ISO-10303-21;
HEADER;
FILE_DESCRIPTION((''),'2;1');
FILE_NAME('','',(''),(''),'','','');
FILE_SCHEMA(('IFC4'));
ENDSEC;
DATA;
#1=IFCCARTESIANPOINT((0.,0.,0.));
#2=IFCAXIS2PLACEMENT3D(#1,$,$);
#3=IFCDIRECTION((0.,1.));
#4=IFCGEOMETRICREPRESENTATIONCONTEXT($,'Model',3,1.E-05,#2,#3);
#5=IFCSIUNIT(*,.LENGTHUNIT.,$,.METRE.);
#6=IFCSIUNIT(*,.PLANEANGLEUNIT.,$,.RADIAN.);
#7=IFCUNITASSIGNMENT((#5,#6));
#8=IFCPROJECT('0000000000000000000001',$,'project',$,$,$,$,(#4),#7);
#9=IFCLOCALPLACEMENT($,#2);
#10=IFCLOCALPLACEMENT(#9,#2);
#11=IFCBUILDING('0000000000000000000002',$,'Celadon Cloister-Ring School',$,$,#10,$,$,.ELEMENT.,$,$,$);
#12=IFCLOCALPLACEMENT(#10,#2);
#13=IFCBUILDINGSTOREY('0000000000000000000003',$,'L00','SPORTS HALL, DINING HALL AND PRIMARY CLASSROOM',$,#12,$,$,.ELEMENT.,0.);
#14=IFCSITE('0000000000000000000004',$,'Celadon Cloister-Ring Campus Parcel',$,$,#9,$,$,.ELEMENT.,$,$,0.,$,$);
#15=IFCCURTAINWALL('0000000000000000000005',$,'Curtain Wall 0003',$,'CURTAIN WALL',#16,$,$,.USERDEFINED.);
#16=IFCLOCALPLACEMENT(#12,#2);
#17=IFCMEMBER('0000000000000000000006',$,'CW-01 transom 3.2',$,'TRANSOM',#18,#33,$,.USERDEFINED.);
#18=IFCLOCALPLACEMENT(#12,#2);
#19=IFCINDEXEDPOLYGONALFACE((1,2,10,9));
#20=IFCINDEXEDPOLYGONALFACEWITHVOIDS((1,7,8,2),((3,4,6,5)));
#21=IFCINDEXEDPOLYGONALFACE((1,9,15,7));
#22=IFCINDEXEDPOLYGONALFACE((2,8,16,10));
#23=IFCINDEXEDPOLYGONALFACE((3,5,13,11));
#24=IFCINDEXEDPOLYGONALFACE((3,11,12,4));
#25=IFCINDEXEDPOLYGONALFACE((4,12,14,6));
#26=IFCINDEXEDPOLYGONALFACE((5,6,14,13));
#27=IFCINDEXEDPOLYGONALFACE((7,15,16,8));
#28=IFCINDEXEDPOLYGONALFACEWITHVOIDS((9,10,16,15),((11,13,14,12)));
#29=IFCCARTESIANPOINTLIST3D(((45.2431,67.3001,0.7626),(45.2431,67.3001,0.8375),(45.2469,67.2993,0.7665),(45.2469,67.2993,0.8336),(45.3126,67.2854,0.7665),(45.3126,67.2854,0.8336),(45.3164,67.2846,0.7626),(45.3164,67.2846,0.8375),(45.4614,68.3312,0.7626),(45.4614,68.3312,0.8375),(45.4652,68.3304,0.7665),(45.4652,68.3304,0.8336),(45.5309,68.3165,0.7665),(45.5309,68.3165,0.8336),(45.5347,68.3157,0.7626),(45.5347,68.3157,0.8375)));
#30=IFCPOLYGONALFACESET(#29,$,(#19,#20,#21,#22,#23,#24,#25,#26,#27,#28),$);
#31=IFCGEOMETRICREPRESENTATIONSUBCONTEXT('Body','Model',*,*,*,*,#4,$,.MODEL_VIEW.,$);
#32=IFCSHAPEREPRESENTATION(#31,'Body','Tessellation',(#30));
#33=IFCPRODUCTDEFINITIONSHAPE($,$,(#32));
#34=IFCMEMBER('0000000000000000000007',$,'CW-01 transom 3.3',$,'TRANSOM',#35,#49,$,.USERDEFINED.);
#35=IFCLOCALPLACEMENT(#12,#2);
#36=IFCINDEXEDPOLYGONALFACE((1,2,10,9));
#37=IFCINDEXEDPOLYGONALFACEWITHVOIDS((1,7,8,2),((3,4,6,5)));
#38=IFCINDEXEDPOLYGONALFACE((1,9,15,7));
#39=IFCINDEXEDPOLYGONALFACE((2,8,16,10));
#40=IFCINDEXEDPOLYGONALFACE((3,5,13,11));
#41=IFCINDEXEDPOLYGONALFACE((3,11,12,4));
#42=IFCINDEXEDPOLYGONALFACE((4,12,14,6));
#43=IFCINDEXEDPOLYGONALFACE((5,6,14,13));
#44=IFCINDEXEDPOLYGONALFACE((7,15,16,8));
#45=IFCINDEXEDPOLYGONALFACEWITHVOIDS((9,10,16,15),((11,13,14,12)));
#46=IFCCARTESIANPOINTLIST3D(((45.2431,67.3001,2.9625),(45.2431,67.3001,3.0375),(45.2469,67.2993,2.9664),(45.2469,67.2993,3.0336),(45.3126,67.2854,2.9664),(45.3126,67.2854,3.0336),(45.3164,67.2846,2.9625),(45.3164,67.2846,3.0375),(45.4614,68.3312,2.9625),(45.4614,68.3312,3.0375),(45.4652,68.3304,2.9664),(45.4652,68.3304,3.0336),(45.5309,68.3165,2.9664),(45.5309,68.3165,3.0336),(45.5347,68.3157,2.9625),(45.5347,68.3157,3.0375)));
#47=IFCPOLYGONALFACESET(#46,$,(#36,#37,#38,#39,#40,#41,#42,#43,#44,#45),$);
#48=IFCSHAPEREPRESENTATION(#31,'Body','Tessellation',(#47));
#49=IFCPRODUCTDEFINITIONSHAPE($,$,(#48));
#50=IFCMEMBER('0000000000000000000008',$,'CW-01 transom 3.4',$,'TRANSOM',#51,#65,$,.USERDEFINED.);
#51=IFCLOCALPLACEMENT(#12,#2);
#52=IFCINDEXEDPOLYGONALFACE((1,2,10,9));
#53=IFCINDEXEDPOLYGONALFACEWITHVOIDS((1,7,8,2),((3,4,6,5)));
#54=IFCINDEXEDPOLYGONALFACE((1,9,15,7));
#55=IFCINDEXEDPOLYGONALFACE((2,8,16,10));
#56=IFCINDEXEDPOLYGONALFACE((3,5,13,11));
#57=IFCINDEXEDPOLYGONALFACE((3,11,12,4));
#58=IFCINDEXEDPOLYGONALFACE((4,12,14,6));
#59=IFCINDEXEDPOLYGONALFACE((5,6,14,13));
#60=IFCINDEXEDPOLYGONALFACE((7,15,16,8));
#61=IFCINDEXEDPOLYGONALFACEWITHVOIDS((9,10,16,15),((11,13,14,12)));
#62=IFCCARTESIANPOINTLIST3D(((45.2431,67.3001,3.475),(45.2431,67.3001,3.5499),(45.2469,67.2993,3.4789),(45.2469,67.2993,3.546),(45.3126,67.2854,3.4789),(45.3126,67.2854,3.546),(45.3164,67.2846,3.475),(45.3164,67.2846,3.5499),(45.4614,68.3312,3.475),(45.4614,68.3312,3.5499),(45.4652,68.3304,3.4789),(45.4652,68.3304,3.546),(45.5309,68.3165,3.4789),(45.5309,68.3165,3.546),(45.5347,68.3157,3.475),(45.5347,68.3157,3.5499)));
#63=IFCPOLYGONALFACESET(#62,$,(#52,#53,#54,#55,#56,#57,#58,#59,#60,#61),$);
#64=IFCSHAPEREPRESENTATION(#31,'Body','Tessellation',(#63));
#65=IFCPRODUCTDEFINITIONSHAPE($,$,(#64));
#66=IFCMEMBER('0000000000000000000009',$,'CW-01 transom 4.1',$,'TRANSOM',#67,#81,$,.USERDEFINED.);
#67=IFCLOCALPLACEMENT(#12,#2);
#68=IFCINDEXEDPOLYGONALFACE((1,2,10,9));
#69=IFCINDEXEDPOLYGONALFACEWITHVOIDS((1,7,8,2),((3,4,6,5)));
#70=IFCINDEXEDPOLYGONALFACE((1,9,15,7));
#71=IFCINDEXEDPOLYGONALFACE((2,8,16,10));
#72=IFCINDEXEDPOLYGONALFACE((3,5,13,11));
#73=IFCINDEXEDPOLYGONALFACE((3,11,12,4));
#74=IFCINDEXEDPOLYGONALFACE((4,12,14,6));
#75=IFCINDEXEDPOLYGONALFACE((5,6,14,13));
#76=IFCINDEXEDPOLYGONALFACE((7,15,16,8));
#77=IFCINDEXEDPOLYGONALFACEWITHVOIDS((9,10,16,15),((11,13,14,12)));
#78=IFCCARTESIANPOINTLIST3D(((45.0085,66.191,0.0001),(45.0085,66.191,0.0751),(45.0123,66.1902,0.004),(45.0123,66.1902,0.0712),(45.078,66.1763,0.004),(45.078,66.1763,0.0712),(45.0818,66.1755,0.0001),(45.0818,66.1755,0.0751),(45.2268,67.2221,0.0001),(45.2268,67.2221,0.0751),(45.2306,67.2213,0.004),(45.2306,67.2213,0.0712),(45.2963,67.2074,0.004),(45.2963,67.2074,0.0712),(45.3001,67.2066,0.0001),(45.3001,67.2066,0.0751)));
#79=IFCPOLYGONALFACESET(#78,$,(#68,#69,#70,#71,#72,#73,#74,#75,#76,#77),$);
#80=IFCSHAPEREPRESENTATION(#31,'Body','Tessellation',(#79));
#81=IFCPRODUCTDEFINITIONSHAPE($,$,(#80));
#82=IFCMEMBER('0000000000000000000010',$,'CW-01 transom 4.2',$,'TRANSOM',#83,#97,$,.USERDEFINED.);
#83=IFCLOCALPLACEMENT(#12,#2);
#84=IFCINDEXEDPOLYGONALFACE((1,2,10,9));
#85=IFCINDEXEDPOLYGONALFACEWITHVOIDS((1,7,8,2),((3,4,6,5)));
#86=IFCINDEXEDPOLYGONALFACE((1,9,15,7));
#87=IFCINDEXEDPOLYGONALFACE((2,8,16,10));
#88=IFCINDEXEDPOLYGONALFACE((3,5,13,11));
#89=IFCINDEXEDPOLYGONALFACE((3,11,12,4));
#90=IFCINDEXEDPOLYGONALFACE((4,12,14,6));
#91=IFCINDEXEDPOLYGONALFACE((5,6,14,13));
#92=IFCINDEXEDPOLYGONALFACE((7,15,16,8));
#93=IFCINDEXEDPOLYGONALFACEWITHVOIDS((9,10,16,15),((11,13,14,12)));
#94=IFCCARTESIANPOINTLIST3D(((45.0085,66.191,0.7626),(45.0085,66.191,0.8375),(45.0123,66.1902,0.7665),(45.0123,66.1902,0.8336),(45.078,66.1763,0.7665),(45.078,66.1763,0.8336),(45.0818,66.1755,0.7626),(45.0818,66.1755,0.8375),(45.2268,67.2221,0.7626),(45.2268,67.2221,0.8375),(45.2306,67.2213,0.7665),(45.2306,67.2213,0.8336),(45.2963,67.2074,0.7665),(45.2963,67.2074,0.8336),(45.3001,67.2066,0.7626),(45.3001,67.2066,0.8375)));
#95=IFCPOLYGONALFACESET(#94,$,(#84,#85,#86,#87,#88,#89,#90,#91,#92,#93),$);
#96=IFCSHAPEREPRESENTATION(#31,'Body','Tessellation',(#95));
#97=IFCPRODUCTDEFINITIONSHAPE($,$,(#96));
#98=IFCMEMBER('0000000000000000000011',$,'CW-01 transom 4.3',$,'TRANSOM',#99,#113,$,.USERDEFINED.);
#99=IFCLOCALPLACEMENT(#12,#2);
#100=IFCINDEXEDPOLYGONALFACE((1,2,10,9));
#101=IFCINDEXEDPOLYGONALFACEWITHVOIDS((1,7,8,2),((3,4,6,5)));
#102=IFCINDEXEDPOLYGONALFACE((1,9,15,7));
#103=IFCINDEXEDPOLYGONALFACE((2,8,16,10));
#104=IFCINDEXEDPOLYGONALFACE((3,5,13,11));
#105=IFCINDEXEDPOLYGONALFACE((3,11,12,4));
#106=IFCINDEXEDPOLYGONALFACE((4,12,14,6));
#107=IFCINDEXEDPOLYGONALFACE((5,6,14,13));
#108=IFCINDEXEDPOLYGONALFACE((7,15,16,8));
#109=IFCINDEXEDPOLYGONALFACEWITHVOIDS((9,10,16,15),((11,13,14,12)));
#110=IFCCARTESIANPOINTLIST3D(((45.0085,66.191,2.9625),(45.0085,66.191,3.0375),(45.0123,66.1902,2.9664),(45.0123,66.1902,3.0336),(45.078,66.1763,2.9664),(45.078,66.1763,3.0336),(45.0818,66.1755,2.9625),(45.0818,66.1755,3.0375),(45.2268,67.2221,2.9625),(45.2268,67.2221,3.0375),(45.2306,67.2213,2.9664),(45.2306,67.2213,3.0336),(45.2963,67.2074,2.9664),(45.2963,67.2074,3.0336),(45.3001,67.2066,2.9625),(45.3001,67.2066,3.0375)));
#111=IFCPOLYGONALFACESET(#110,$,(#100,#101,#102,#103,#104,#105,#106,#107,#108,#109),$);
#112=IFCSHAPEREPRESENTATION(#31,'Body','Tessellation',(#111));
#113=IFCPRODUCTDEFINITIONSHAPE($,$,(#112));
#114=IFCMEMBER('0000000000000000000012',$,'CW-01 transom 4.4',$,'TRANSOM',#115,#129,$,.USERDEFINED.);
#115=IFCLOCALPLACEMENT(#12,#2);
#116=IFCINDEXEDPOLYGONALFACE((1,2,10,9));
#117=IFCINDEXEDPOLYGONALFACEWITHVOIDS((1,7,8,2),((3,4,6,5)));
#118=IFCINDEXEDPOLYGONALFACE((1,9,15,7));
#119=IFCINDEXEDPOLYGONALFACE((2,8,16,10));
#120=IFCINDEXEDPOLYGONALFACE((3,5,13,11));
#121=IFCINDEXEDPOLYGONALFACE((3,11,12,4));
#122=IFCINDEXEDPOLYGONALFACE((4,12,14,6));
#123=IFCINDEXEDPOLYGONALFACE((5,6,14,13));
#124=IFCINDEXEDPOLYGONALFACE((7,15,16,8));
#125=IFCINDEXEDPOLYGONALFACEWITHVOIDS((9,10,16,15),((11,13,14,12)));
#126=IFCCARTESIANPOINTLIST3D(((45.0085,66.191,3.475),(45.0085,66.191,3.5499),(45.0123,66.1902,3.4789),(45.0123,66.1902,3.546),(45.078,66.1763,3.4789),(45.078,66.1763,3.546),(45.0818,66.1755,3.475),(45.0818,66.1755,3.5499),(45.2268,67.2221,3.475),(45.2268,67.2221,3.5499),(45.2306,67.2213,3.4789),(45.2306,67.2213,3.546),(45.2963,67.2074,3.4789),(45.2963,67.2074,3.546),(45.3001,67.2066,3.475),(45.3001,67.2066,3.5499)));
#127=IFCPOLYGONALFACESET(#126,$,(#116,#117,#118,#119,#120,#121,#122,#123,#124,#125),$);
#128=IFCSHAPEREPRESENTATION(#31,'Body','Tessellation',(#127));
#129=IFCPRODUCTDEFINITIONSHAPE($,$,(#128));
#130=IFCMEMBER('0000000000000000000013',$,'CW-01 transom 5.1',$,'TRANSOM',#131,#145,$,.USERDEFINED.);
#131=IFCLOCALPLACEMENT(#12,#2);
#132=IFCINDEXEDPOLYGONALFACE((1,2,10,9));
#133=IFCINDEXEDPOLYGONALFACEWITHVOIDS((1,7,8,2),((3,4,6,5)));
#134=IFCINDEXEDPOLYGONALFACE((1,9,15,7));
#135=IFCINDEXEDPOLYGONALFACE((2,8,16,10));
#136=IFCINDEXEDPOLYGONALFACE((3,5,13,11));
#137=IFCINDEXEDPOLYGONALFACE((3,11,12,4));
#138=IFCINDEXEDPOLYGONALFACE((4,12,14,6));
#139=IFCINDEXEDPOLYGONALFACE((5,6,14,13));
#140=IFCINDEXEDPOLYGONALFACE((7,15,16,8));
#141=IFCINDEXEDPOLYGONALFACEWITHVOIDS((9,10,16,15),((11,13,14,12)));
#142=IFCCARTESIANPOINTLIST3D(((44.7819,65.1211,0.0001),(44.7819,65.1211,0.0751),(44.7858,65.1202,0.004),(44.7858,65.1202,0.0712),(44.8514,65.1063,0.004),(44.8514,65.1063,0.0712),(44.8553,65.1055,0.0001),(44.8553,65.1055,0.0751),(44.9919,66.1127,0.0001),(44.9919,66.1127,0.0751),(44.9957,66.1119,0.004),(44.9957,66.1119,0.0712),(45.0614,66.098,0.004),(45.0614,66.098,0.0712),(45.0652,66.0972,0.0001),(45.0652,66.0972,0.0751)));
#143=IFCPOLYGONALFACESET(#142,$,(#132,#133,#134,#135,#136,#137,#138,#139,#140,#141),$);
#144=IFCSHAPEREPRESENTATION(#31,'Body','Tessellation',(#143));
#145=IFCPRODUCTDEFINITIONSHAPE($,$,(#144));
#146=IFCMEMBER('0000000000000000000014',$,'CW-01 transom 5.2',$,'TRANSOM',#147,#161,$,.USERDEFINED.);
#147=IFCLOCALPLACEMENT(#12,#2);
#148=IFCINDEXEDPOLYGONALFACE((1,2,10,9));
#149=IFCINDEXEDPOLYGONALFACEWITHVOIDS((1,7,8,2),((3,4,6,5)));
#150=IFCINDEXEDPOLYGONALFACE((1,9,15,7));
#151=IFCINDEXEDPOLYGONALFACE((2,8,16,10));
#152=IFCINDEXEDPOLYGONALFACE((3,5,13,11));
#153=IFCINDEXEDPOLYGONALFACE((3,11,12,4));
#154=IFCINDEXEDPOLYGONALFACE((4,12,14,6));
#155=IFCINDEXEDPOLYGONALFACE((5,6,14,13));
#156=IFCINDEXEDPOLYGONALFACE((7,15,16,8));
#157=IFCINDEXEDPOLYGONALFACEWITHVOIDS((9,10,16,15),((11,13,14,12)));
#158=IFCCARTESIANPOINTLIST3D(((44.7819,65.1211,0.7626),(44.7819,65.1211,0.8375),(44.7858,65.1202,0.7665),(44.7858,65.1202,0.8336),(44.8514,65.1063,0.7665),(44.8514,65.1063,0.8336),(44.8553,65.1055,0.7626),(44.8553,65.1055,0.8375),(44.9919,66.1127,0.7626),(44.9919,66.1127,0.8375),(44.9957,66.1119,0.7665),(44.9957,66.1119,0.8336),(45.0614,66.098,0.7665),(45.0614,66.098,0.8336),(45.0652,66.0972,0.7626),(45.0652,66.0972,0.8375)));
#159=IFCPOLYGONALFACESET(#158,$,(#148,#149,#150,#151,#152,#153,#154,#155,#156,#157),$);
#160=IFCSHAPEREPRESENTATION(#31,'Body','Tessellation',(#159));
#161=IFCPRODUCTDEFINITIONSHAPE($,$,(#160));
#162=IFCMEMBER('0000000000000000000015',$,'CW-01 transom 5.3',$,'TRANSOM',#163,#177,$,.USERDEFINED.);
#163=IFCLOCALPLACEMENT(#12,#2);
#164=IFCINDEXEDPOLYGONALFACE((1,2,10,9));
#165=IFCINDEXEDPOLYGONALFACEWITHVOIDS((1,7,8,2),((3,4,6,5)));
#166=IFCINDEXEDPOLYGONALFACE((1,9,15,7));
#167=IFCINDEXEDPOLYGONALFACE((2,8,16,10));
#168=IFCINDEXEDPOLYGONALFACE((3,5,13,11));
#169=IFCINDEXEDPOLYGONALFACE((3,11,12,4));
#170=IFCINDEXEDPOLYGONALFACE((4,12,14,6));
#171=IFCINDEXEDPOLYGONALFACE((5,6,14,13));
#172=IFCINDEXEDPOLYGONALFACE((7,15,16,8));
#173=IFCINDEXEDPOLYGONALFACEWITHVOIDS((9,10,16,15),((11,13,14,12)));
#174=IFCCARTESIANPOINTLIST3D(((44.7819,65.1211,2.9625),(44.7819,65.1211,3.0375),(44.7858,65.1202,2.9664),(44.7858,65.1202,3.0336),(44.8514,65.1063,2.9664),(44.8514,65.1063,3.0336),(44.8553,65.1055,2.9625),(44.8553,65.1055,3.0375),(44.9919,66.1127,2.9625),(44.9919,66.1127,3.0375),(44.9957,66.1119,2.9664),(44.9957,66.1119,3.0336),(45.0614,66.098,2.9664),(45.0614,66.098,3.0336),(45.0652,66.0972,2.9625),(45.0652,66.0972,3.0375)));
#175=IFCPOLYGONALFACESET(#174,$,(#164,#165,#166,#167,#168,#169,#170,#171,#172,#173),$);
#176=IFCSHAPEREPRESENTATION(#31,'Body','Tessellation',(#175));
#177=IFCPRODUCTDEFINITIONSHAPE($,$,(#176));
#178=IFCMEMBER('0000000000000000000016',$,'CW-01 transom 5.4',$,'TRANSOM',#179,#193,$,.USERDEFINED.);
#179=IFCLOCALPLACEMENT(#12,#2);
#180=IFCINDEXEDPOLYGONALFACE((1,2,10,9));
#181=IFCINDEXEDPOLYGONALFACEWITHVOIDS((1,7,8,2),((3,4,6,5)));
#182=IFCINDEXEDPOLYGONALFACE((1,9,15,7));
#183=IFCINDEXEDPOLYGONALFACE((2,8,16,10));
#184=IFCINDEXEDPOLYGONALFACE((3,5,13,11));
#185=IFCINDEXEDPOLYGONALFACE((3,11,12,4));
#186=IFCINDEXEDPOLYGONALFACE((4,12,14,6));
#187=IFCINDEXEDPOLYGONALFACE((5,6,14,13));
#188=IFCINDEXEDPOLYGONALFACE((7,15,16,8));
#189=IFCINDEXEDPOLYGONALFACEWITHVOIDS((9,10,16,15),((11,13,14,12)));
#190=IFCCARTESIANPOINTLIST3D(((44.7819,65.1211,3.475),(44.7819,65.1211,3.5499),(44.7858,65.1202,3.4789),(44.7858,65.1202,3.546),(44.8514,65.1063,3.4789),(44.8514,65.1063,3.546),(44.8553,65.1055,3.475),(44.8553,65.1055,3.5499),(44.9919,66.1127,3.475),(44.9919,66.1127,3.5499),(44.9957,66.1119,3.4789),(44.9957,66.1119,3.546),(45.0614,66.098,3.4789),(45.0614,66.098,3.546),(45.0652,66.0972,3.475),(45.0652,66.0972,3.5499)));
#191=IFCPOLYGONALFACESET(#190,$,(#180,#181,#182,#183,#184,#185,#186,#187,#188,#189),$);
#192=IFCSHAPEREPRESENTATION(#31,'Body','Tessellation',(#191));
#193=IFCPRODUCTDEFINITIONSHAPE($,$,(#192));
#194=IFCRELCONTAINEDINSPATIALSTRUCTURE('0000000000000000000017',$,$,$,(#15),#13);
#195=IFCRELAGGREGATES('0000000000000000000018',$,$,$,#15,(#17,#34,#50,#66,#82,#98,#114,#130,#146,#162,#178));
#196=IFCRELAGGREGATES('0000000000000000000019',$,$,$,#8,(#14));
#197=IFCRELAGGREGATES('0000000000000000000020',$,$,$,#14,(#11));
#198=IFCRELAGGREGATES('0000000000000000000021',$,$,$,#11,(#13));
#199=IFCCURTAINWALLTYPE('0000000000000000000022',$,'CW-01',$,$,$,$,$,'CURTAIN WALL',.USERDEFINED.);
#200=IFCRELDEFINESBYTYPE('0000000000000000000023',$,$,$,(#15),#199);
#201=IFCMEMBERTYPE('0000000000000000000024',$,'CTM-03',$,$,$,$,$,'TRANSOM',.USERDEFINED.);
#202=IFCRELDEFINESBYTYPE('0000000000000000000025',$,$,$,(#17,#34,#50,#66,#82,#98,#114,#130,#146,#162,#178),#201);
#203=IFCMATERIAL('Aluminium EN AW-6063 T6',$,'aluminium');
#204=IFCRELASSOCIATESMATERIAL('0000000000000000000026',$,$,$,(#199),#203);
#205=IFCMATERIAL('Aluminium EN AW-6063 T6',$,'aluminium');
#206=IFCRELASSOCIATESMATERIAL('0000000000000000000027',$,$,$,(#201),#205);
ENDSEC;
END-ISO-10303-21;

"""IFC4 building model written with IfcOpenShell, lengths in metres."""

from ifc_helpers import new_model, si_unit, direction, frame, origin, origin_2d, place, context, subcontext, project, spatial, hollow_rectangle, extrude, material, material_profile, profile_set, type_object, element, aggregate, save


model = new_model("IFC4")

# Units and contexts
model_context = context("Model", 3, precision=1e-05, world=origin(), true_north=direction((0.0, 1.0)))
body_context = subcontext(model_context, "Body", "Model", "MODEL_VIEW")
ifc_project = project(units=[si_unit("LENGTHUNIT", "METRE"), si_unit("PLANEANGLEUNIT", "RADIAN")], contexts=[model_context])

# Site, building, storey
site_placement = place(None, origin())
site = spatial("IfcSite", under=ifc_project, at=site_placement, Name="Celadon Cloister-Ring Campus Parcel", CompositionType="ELEMENT", RefElevation=0.0)
building_placement = place(site_placement, origin())
building = spatial("IfcBuilding", under=site, at=building_placement, Name="Celadon Cloister-Ring School", CompositionType="ELEMENT")
storey_placement = place(building_placement, origin())
storey = spatial("IfcBuildingStorey", under=building, at=storey_placement, Name="L00", Description="SPORTS HALL, DINING HALL AND PRIMARY CLASSROOM", CompositionType="ELEMENT", Elevation=0.0)

# Curtain wall, members
ifc_material_1 = material(Name="Aluminium EN AW-6063 T6", Category="aluminium")
curtain_wall_type = type_object("IfcCurtainWallType", Name="CW-01", ElementType="CURTAIN WALL", PredefinedType="USERDEFINED", material=ifc_material_1)
curtain_wall_placement = place(storey_placement, origin())
curtain_wall = element("IfcCurtainWall", 1, at=curtain_wall_placement, inside=storey, type_object=curtain_wall_type, Name="Curtain Wall 0003", ObjectType="CURTAIN WALL", PredefinedType="USERDEFINED")
ifc_material_2 = material(Name="Aluminium EN AW-6063 T6", Category="aluminium")
ifc_material_profile_1 = material_profile(ifc_material_2, hollow_rectangle(XDim=0.075, YDim=0.075, WallThickness=0.0039, at=origin_2d()), Name="RHS75X75X4")
ifc_profile_set_1 = profile_set([ifc_material_profile_1], Name="Aluminium EN AW-6063 T6")
member_type_1 = type_object("IfcMemberType", Name="CTM-03", ElementType="TRANSOM", PredefinedType="USERDEFINED", material=ifc_profile_set_1)
member_1_placement = place(storey_placement, frame((45.498, 68.3235, 0.8), z_axis=(-0.207108, -0.978318, 0.0), x_axis=(0.978318, -0.207108, 0.0)))
member_1 = element("IfcMember", 2, at=member_1_placement, type_object=member_type_1, Name="CW-01 transom 3.2", ObjectType="TRANSOM", PredefinedType="USERDEFINED", context=body_context, shape_type="SweptSolid", body=[
    extrude(hollow_rectangle(XDim=0.075, YDim=0.075, WallThickness=0.0039, at=origin_2d()), origin(), (0.0, 0.0, 1.0), 1.054),
])
member_2_placement = place(storey_placement, frame((45.498, 68.3235, 3.0), z_axis=(-0.207108, -0.978318, 0.0), x_axis=(0.978318, -0.207108, 0.0)))
member_2 = element("IfcMember", 3, at=member_2_placement, type_object=member_type_1, Name="CW-01 transom 3.3", ObjectType="TRANSOM", PredefinedType="USERDEFINED", context=body_context, shape_type="SweptSolid", body=[
    extrude(hollow_rectangle(XDim=0.075, YDim=0.075, WallThickness=0.0039, at=origin_2d()), origin(), (0.0, 0.0, 1.0), 1.054),
])
member_3_placement = place(storey_placement, frame((45.498, 68.3235, 3.5125), z_axis=(-0.207108, -0.978318, 0.0), x_axis=(0.978318, -0.207108, 0.0)))
member_3 = element("IfcMember", 4, at=member_3_placement, type_object=member_type_1, Name="CW-01 transom 3.4", ObjectType="TRANSOM", PredefinedType="USERDEFINED", context=body_context, shape_type="SweptSolid", body=[
    extrude(hollow_rectangle(XDim=0.075, YDim=0.075, WallThickness=0.0039, at=origin_2d()), origin(), (0.0, 0.0, 1.0), 1.054),
])
member_4_placement = place(storey_placement, frame((45.2634, 67.2144, 0.0376), z_axis=(-0.207108, -0.978318, 0.0), x_axis=(0.978318, -0.207108, 0.0)))
member_4 = element("IfcMember", 5, at=member_4_placement, type_object=member_type_1, Name="CW-01 transom 4.1", ObjectType="TRANSOM", PredefinedType="USERDEFINED", context=body_context, shape_type="SweptSolid", body=[
    extrude(hollow_rectangle(XDim=0.075, YDim=0.075, WallThickness=0.0039, at=origin_2d()), origin(), (0.0, 0.0, 1.0), 1.054),
])
member_5_placement = place(storey_placement, frame((45.2634, 67.2144, 0.8), z_axis=(-0.207108, -0.978318, 0.0), x_axis=(0.978318, -0.207108, 0.0)))
member_5 = element("IfcMember", 6, at=member_5_placement, type_object=member_type_1, Name="CW-01 transom 4.2", ObjectType="TRANSOM", PredefinedType="USERDEFINED", context=body_context, shape_type="SweptSolid", body=[
    extrude(hollow_rectangle(XDim=0.075, YDim=0.075, WallThickness=0.0039, at=origin_2d()), origin(), (0.0, 0.0, 1.0), 1.054),
])
member_6_placement = place(storey_placement, frame((45.2634, 67.2144, 3.0), z_axis=(-0.207108, -0.978318, 0.0), x_axis=(0.978318, -0.207108, 0.0)))
member_6 = element("IfcMember", 7, at=member_6_placement, type_object=member_type_1, Name="CW-01 transom 4.3", ObjectType="TRANSOM", PredefinedType="USERDEFINED", context=body_context, shape_type="SweptSolid", body=[
    extrude(hollow_rectangle(XDim=0.075, YDim=0.075, WallThickness=0.0039, at=origin_2d()), origin(), (0.0, 0.0, 1.0), 1.054),
])
member_7_placement = place(storey_placement, frame((45.2634, 67.2144, 3.5125), z_axis=(-0.207108, -0.978318, 0.0), x_axis=(0.978318, -0.207108, 0.0)))
member_7 = element("IfcMember", 8, at=member_7_placement, type_object=member_type_1, Name="CW-01 transom 4.4", ObjectType="TRANSOM", PredefinedType="USERDEFINED", context=body_context, shape_type="SweptSolid", body=[
    extrude(hollow_rectangle(XDim=0.075, YDim=0.075, WallThickness=0.0039, at=origin_2d()), origin(), (0.0, 0.0, 1.0), 1.054),
])
member_8_placement = place(storey_placement, frame((45.0286, 66.105, 0.0376), z_axis=(-0.207127, -0.978314, 0.0), x_axis=(0.978314, -0.207127, 0.0)))
member_8 = element("IfcMember", 9, at=member_8_placement, type_object=member_type_1, Name="CW-01 transom 5.1", ObjectType="TRANSOM", PredefinedType="USERDEFINED", context=body_context, shape_type="SweptSolid", body=[
    extrude(hollow_rectangle(XDim=0.075, YDim=0.075, WallThickness=0.0039, at=origin_2d()), origin(), (0.0, 0.0, 1.0), 1.0137),
])
member_9_placement = place(storey_placement, frame((45.0286, 66.105, 0.8), z_axis=(-0.207127, -0.978314, 0.0), x_axis=(0.978314, -0.207127, 0.0)))
member_9 = element("IfcMember", 10, at=member_9_placement, type_object=member_type_1, Name="CW-01 transom 5.2", ObjectType="TRANSOM", PredefinedType="USERDEFINED", context=body_context, shape_type="SweptSolid", body=[
    extrude(hollow_rectangle(XDim=0.075, YDim=0.075, WallThickness=0.0039, at=origin_2d()), origin(), (0.0, 0.0, 1.0), 1.0137),
])
member_10_placement = place(storey_placement, frame((45.0286, 66.105, 3.0), z_axis=(-0.207127, -0.978314, 0.0), x_axis=(0.978314, -0.207127, 0.0)))
member_10 = element("IfcMember", 11, at=member_10_placement, type_object=member_type_1, Name="CW-01 transom 5.3", ObjectType="TRANSOM", PredefinedType="USERDEFINED", context=body_context, shape_type="SweptSolid", body=[
    extrude(hollow_rectangle(XDim=0.075, YDim=0.075, WallThickness=0.0039, at=origin_2d()), origin(), (0.0, 0.0, 1.0), 1.0137),
])
member_11_placement = place(storey_placement, frame((45.0286, 66.105, 3.5125), z_axis=(-0.207127, -0.978314, 0.0), x_axis=(0.978314, -0.207127, 0.0)))
member_11 = element("IfcMember", 12, at=member_11_placement, type_object=member_type_1, Name="CW-01 transom 5.4", ObjectType="TRANSOM", PredefinedType="USERDEFINED", context=body_context, shape_type="SweptSolid", body=[
    extrude(hollow_rectangle(XDim=0.075, YDim=0.075, WallThickness=0.0039, at=origin_2d()), origin(), (0.0, 0.0, 1.0), 1.0137),
])
aggregate(curtain_wall, [member_1, member_2, member_3, member_4, member_5, member_6, member_7, member_8, member_9, member_10, member_11])

save(model, "model.ifc")
